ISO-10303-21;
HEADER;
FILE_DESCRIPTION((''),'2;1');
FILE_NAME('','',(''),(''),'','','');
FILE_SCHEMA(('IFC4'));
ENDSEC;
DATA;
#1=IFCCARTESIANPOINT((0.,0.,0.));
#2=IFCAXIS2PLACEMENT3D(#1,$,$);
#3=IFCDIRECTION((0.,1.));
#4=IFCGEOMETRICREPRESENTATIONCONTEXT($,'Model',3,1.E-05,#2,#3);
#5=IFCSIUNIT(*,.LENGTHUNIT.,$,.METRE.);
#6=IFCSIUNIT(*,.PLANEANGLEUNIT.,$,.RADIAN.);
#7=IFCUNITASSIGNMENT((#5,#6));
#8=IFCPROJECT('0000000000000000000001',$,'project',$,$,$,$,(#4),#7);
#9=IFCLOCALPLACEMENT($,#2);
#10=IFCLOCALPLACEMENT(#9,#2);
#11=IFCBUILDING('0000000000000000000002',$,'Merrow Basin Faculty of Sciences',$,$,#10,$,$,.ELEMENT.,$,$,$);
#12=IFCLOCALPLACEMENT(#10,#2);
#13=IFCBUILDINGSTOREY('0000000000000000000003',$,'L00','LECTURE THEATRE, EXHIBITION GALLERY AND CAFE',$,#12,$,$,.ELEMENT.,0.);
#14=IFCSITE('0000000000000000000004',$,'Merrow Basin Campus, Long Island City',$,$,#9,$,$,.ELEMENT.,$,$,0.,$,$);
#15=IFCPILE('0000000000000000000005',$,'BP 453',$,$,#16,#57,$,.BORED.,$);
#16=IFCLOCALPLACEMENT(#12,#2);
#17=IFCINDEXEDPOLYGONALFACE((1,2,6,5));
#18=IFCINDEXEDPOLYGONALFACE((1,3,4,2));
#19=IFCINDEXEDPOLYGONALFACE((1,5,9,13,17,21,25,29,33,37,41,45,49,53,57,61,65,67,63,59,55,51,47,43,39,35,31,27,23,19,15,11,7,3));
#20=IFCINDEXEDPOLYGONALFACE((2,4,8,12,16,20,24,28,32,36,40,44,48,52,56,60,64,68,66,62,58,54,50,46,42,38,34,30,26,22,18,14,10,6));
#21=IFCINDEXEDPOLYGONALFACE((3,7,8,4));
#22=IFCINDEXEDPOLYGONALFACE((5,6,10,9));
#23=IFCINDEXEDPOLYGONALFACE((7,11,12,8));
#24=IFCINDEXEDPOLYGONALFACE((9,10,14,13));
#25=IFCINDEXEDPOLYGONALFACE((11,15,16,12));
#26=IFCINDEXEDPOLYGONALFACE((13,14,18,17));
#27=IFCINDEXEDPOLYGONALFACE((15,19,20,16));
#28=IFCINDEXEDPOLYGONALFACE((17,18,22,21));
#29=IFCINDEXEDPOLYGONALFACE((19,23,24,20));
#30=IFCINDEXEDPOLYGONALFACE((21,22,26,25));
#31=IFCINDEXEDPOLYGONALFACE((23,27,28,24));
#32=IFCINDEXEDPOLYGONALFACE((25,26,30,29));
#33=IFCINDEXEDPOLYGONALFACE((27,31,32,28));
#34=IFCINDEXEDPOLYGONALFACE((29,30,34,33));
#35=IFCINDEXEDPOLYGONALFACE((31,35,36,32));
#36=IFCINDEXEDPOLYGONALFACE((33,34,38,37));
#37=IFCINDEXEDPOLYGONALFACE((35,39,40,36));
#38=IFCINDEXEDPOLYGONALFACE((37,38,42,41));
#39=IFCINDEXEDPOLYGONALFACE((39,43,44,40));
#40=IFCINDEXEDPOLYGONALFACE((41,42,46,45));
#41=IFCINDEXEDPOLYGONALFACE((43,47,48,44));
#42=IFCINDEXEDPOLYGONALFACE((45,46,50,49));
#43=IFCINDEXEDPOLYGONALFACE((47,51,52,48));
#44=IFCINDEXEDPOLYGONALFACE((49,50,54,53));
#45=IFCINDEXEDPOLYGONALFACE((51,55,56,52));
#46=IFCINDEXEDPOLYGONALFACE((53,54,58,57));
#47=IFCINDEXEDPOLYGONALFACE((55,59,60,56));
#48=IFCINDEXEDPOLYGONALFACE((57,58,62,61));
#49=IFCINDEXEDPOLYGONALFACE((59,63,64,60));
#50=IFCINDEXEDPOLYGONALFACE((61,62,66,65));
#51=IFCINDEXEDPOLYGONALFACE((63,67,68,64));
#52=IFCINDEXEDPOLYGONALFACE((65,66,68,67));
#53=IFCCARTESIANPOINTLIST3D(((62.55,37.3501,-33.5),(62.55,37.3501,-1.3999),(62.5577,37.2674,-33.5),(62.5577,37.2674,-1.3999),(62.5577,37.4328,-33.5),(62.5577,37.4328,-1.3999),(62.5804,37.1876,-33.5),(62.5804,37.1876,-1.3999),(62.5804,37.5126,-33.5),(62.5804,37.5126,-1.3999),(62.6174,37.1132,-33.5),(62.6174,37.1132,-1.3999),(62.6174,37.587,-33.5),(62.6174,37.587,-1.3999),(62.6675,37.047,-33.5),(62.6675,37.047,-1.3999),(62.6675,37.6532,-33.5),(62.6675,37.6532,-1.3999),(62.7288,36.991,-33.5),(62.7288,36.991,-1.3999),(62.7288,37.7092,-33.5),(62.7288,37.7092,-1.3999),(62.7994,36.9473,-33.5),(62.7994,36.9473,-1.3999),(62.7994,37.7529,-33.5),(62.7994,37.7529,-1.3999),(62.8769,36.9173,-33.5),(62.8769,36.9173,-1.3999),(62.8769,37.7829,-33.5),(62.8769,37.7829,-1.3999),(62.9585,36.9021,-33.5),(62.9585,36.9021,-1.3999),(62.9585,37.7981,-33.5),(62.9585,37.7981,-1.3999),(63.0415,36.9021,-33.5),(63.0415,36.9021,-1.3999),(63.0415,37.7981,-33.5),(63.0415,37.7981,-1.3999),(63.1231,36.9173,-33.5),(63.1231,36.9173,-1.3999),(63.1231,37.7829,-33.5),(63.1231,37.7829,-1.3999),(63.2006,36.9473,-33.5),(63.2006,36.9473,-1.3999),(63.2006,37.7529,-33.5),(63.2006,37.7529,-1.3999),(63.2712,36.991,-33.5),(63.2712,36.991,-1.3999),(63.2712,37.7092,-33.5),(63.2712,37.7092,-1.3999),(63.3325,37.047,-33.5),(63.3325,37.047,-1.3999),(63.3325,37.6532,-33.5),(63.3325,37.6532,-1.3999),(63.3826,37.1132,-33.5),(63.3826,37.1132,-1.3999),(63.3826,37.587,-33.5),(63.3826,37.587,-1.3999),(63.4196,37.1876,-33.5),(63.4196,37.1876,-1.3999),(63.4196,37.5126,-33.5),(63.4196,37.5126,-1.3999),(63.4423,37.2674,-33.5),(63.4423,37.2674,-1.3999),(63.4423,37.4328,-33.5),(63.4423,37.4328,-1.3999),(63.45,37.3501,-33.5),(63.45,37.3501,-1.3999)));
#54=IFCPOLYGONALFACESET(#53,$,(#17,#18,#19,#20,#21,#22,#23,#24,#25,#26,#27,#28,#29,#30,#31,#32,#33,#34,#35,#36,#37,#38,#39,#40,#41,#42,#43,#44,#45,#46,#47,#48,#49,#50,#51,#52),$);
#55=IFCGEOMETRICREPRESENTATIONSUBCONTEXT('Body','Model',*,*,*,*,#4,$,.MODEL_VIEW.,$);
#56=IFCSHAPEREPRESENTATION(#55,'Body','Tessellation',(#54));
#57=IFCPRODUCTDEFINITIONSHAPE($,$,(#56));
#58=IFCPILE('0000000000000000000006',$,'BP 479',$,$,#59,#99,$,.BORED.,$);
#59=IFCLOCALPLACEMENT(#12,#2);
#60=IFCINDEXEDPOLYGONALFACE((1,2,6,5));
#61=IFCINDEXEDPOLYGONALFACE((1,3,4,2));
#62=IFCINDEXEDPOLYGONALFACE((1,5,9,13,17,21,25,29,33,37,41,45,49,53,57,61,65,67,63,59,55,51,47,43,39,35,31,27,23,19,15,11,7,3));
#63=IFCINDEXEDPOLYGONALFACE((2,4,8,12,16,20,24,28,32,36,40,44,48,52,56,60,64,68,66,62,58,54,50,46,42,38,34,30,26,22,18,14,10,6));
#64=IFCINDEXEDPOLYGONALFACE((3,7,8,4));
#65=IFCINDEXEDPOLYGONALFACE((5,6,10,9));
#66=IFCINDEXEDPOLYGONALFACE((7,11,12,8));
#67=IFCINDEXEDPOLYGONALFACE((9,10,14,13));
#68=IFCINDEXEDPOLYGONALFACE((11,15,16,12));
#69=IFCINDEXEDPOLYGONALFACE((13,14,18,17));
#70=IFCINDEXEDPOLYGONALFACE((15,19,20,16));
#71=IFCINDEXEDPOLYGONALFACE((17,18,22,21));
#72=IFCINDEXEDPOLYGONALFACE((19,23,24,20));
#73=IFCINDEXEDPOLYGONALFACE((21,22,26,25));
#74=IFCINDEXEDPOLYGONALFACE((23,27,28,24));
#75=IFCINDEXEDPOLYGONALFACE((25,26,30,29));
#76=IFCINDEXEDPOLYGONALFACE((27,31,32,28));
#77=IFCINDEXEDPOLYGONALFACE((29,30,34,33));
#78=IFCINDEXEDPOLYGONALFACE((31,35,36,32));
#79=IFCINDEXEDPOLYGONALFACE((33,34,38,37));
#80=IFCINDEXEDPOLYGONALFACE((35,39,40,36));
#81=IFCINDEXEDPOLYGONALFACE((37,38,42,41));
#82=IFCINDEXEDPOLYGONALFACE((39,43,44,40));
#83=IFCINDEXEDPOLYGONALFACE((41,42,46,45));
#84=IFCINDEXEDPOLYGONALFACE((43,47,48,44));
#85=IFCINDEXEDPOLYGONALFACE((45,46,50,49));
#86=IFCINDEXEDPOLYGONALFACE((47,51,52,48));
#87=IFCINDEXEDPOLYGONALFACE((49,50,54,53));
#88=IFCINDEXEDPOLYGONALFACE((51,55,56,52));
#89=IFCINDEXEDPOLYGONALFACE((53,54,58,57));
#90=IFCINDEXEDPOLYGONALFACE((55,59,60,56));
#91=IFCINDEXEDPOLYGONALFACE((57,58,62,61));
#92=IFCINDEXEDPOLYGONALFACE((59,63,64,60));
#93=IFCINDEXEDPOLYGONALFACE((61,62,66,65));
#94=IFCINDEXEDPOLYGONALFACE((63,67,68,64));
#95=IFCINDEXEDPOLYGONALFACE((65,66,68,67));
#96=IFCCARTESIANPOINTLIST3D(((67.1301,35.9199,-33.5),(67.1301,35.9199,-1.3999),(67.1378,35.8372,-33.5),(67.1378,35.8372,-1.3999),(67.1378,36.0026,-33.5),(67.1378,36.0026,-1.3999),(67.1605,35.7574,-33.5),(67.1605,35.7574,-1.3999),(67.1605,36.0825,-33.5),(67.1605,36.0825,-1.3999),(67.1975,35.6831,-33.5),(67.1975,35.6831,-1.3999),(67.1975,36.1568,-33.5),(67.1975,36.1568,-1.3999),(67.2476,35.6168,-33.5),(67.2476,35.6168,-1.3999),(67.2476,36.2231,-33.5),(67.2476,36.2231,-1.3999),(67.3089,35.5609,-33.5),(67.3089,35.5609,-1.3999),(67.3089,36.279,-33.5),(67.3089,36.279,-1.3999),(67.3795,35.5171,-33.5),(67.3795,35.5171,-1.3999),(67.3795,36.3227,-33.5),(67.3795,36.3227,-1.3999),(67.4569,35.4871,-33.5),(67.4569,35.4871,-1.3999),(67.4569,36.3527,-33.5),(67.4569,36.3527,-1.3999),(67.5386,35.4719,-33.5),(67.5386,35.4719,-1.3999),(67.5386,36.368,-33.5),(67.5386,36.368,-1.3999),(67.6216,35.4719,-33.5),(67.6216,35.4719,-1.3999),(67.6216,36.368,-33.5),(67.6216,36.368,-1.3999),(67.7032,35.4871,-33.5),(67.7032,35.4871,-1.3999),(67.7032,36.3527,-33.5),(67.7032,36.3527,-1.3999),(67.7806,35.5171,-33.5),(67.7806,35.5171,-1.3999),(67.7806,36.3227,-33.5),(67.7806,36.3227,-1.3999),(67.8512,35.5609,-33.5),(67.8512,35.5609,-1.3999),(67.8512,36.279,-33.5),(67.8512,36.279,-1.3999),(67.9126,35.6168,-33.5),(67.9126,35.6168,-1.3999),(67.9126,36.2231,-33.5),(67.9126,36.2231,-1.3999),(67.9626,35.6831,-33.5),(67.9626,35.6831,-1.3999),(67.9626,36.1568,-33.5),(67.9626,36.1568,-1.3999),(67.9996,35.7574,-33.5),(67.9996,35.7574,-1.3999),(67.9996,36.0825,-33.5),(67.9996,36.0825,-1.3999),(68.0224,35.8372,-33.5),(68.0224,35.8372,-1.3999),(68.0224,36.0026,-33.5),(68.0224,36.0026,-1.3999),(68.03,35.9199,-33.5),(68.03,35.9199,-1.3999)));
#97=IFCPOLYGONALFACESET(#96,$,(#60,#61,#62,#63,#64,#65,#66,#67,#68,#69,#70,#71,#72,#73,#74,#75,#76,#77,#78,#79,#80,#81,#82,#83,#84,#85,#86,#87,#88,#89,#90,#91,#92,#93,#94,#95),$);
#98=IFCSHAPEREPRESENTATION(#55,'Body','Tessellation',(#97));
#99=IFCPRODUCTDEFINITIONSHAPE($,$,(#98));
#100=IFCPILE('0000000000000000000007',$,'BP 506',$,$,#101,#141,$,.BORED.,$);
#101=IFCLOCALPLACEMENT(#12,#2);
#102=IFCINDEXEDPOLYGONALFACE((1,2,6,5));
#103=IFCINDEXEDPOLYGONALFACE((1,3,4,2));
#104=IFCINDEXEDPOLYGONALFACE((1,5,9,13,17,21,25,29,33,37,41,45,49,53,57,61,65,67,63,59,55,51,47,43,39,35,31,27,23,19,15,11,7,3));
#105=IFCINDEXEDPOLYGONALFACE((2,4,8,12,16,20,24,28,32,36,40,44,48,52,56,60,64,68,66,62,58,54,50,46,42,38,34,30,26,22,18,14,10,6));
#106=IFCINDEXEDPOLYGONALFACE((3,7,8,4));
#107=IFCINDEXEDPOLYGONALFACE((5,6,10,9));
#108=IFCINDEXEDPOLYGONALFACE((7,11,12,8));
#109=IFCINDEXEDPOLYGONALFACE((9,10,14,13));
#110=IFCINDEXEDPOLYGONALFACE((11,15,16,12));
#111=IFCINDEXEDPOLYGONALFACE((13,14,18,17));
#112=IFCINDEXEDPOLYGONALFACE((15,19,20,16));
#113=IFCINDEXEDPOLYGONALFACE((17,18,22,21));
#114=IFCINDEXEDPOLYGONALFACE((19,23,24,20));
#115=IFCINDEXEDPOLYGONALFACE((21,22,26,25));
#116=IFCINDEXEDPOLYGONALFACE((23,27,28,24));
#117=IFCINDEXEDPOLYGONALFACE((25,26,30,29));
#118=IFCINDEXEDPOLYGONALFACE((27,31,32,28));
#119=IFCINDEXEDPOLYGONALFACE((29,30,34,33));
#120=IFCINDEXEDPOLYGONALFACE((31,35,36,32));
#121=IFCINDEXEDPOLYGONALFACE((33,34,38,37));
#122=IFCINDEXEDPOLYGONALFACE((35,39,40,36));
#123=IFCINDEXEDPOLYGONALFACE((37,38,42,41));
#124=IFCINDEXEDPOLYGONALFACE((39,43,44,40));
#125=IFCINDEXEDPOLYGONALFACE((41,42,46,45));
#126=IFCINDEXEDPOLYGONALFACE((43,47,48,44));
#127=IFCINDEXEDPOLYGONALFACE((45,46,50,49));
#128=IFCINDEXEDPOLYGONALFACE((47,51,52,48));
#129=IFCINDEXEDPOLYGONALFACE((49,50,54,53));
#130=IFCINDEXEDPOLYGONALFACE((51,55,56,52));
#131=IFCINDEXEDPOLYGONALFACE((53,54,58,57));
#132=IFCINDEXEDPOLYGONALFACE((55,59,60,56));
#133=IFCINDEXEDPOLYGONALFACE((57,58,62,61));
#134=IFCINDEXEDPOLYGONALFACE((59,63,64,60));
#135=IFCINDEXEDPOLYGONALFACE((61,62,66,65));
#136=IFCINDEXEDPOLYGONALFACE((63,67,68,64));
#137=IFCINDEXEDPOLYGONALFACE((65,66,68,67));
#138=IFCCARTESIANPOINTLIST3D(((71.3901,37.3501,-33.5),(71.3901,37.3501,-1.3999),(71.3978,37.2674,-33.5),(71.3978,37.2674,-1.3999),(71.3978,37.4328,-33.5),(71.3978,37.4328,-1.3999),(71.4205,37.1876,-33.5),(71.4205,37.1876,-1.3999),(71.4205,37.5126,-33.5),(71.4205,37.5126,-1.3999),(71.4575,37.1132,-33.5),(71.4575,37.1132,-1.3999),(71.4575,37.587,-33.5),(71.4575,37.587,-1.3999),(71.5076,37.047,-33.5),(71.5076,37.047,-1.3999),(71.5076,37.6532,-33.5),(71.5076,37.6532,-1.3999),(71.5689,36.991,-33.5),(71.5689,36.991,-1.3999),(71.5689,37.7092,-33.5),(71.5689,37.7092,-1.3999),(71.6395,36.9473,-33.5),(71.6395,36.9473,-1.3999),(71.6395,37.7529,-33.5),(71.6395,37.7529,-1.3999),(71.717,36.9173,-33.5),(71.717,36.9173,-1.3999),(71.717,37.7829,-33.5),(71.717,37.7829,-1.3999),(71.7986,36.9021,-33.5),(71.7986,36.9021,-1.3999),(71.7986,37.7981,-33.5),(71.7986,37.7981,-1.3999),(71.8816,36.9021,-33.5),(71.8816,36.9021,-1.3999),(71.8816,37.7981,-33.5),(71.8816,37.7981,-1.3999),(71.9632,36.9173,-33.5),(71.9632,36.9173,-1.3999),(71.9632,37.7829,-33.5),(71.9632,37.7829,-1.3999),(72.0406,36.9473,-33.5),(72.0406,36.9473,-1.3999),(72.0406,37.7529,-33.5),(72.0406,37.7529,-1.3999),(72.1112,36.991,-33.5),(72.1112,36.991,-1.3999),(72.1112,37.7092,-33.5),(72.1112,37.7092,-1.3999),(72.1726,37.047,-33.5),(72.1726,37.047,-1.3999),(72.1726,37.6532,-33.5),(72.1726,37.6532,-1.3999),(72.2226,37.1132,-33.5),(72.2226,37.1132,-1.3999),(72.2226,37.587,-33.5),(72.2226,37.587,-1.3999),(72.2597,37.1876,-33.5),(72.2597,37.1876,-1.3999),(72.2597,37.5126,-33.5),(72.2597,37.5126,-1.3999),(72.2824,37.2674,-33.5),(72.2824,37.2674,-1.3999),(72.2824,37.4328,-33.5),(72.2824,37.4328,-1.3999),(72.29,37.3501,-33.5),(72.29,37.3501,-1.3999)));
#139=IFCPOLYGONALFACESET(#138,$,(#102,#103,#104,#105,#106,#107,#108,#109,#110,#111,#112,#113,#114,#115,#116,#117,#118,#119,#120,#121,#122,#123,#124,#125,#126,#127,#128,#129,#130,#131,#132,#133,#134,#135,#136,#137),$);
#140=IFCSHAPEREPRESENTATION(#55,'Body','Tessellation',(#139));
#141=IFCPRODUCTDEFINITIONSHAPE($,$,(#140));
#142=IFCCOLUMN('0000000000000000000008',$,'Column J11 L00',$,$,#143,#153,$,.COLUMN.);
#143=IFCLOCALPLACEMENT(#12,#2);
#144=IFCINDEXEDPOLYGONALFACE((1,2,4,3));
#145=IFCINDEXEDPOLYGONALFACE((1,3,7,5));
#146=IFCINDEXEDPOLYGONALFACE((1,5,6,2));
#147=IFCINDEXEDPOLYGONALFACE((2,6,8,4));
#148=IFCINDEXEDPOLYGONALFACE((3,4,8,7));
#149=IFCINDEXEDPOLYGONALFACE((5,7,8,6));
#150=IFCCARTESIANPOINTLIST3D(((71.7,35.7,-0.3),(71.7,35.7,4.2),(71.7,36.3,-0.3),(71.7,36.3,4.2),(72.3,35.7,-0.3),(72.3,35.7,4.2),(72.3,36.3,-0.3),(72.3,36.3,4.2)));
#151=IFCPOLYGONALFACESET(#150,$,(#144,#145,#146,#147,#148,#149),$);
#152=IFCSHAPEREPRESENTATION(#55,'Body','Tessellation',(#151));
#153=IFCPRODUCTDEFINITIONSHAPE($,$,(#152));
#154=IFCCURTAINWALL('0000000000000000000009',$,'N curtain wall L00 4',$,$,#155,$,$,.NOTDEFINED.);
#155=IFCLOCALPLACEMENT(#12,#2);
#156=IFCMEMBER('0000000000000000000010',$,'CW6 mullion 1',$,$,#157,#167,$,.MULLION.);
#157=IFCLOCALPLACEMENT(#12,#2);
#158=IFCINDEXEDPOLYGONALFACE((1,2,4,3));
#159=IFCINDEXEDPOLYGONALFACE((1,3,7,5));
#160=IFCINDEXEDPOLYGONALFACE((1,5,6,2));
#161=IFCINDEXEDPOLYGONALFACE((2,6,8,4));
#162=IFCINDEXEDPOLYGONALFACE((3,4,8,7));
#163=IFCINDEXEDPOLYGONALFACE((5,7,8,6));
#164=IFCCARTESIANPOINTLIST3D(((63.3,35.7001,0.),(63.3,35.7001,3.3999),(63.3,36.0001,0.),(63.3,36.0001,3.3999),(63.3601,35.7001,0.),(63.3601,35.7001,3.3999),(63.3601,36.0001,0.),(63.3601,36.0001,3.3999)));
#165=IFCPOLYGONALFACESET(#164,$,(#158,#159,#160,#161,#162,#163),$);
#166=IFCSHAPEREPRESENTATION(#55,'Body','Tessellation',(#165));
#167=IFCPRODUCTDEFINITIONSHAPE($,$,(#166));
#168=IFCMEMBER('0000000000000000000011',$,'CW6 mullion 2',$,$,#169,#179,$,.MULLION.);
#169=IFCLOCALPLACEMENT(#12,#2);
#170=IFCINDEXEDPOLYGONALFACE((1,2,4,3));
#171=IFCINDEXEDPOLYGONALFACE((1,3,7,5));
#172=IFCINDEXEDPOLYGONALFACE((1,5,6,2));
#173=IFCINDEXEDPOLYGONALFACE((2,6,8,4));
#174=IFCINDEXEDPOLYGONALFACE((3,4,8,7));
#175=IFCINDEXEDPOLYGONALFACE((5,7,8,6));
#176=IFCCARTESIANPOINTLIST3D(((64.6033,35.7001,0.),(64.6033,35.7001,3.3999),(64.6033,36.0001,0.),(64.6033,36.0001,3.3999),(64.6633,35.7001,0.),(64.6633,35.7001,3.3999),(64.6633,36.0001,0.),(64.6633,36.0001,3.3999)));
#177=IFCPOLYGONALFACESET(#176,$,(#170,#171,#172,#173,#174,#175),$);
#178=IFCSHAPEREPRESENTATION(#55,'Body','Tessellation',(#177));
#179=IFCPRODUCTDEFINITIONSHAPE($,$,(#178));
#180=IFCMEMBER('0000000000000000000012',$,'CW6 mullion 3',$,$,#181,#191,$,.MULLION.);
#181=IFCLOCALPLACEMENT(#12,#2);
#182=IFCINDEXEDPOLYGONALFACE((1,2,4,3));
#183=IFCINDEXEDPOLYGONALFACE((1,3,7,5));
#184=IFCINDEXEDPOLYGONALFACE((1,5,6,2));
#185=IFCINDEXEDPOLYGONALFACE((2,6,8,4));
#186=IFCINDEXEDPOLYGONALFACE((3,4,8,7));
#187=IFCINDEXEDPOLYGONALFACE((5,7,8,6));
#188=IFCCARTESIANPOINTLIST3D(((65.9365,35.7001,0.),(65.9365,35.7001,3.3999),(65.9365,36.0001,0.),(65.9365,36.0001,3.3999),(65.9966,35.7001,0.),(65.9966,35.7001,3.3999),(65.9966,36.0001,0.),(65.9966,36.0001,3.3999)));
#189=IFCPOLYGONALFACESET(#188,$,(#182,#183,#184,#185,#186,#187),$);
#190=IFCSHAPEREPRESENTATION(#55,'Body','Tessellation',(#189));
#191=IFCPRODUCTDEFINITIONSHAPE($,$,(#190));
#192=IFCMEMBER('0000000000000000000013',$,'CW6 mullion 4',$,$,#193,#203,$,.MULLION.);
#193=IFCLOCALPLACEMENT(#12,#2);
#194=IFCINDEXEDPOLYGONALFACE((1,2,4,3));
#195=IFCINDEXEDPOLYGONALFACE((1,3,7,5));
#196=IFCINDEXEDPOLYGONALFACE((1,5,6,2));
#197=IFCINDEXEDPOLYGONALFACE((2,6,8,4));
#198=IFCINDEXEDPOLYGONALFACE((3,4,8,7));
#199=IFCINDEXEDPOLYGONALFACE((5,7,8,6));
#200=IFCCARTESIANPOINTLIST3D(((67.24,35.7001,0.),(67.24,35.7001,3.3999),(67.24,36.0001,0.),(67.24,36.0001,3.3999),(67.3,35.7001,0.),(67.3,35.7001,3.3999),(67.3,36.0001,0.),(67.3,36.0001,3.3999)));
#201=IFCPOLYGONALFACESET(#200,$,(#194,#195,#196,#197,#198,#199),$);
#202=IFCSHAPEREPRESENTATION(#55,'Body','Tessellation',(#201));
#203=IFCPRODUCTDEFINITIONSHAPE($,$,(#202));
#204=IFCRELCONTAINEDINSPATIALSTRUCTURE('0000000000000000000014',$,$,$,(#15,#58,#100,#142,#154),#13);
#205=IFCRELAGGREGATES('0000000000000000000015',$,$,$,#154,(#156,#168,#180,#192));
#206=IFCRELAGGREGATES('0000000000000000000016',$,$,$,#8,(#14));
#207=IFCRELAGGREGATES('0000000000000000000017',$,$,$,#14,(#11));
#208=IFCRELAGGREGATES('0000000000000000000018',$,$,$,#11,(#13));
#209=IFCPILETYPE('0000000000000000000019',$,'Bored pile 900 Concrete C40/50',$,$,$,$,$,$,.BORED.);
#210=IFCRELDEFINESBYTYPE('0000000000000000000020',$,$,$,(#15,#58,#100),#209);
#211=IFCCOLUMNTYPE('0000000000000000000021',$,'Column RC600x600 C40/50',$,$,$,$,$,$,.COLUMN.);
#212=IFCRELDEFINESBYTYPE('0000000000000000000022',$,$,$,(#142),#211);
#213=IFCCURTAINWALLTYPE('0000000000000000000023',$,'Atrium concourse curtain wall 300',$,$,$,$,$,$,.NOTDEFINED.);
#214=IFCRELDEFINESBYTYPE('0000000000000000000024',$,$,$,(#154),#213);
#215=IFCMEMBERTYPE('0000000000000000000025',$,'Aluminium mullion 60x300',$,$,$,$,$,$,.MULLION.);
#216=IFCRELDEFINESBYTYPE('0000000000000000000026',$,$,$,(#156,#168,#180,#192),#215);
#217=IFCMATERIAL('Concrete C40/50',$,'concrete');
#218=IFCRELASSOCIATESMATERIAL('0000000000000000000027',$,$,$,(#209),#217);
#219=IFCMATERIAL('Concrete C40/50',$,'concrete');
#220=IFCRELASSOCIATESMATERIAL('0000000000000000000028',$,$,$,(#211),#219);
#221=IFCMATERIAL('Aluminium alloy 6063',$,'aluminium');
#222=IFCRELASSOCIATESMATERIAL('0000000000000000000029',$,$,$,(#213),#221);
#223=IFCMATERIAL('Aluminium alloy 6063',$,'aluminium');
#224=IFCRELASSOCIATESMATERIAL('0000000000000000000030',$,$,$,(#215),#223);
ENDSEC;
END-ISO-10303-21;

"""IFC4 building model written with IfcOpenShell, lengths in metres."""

from ifc_helpers import new_model, si_unit, direction, frame, origin, origin_2d, place, context, subcontext, project, spatial, rectangle, circle, extrude, material, material_profile, profile_set, type_object, element, aggregate, save


model = new_model("IFC4")

# Units and contexts
model_context = context("Model", 3, precision=1e-05, world=origin(), true_north=direction((0.0, 1.0)))
body_context = subcontext(model_context, "Body", "Model", "MODEL_VIEW")
ifc_project = project(units=[si_unit("LENGTHUNIT", "METRE"), si_unit("PLANEANGLEUNIT", "RADIAN")], contexts=[model_context])

# Site, building, storey
site_placement = place(None, origin())
site = spatial("IfcSite", under=ifc_project, at=site_placement, Name="Merrow Basin Campus, Long Island City", CompositionType="ELEMENT", RefElevation=0.0)
building_placement = place(site_placement, origin())
building = spatial("IfcBuilding", under=site, at=building_placement, Name="Merrow Basin Faculty of Sciences", CompositionType="ELEMENT")
storey_placement = place(building_placement, origin())
storey = spatial("IfcBuildingStorey", under=building, at=storey_placement, Name="L00", Description="LECTURE THEATRE, EXHIBITION GALLERY AND CAFE", CompositionType="ELEMENT", Elevation=0.0)

# Piles
ifc_material_1 = material(Name="Concrete C40/50", Category="concrete")
ifc_material_profile_1 = material_profile(ifc_material_1, circle(Radius=0.45, at=origin_2d()))
ifc_profile_set_1 = profile_set([ifc_material_profile_1], Name="Concrete C40/50")
pile_type = type_object("IfcPileType", Name="Bored pile 900 Concrete C40/50", PredefinedType="BORED", material=ifc_profile_set_1)
for number, where, z_axis, x_axis, name in (
    (1, (63.0, 37.3501, -1.3999), (0.0, 0.0, -1.0), (1.0, 0.0, 0.0), "BP 453"),
    (2, (67.5801, 35.9199, -1.3999), (0.0, 0.0, -1.0), (1.0, 0.0, 0.0), "BP 479"),
    (3, (71.8401, 37.3501, -1.3999), (0.0, 0.0, -1.0), (1.0, 0.0, 0.0), "BP 506"),
):
    element("IfcPile", number, at=place(storey_placement, frame(where, z_axis=z_axis, x_axis=x_axis)), inside=storey, type_object=pile_type, Name=name, PredefinedType="BORED", context=body_context, shape_type="SweptSolid", body=[
        extrude(circle(Radius=0.45, at=origin_2d()), origin(), (0.0, 0.0, 1.0), 32.1001),
    ])

# Column
ifc_material_2 = material(Name="Concrete C40/50", Category="concrete")
ifc_material_profile_2 = material_profile(ifc_material_2, rectangle(XDim=0.6001, YDim=0.6001, at=origin_2d()))
ifc_profile_set_2 = profile_set([ifc_material_profile_2], Name="Concrete C40/50")
column_type = type_object("IfcColumnType", Name="Column RC600x600 C40/50", PredefinedType="COLUMN", material=ifc_profile_set_2)
column_placement = place(storey_placement, frame((72.0, 36.0, -0.3), z_axis=(0.0, 0.0, 1.0), x_axis=(1.0, 0.0, 0.0)))
element("IfcColumn", 4, at=column_placement, inside=storey, type_object=column_type, Name="Column J11 L00", PredefinedType="COLUMN", context=body_context, shape_type="SweptSolid", body=[
    extrude(rectangle(XDim=0.6001, YDim=0.6001, at=origin_2d()), origin(), (0.0, 0.0, 1.0), 4.5),
])

# Curtain wall, members
ifc_material_3 = material(Name="Aluminium alloy 6063", Category="aluminium")
curtain_wall_type = type_object("IfcCurtainWallType", Name="Atrium concourse curtain wall 300", PredefinedType="NOTDEFINED", material=ifc_material_3)
curtain_wall_placement = place(storey_placement, origin())
curtain_wall = element("IfcCurtainWall", 5, at=curtain_wall_placement, inside=storey, type_object=curtain_wall_type, Name="N curtain wall L00 4", PredefinedType="NOTDEFINED")
ifc_material_4 = material(Name="Aluminium alloy 6063", Category="aluminium")
ifc_material_profile_3 = material_profile(ifc_material_4, rectangle(XDim=0.3, YDim=0.0601, at=origin_2d()))
ifc_profile_set_3 = profile_set([ifc_material_profile_3], Name="Aluminium alloy 6063")
member_type_1 = type_object("IfcMemberType", Name="Aluminium mullion 60x300", PredefinedType="MULLION", material=ifc_profile_set_3)
member_1_placement = place(storey_placement, frame((63.3301, 35.8501, 0.0), z_axis=(0.0, 0.0, 1.0), x_axis=(0.0, 1.0, 0.0)))
member_1 = element("IfcMember", 6, at=member_1_placement, type_object=member_type_1, Name="CW6 mullion 1", PredefinedType="MULLION", context=body_context, shape_type="SweptSolid", body=[
    extrude(rectangle(XDim=0.3, YDim=0.0601, at=origin_2d()), origin(), (0.0, 0.0, 1.0), 3.3999),
])
member_2_placement = place(storey_placement, frame((64.6333, 35.8501, 0.0), z_axis=(0.0, 0.0, 1.0), x_axis=(0.0, 1.0, 0.0)))
member_2 = element("IfcMember", 7, at=member_2_placement, type_object=member_type_1, Name="CW6 mullion 2", PredefinedType="MULLION", context=body_context, shape_type="SweptSolid", body=[
    extrude(rectangle(XDim=0.3, YDim=0.0601, at=origin_2d()), origin(), (0.0, 0.0, 1.0), 3.3999),
])
member_3_placement = place(storey_placement, frame((65.9666, 35.8501, 0.0), z_axis=(0.0, 0.0, 1.0), x_axis=(0.0, 1.0, 0.0)))
member_3 = element("IfcMember", 8, at=member_3_placement, type_object=member_type_1, Name="CW6 mullion 3", PredefinedType="MULLION", context=body_context, shape_type="SweptSolid", body=[
    extrude(rectangle(XDim=0.3, YDim=0.0601, at=origin_2d()), origin(), (0.0, 0.0, 1.0), 3.3999),
])
member_4_placement = place(storey_placement, frame((67.27, 35.8501, 0.0), z_axis=(0.0, 0.0, 1.0), x_axis=(0.0, 1.0, 0.0)))
member_4 = element("IfcMember", 9, at=member_4_placement, type_object=member_type_1, Name="CW6 mullion 4", PredefinedType="MULLION", context=body_context, shape_type="SweptSolid", body=[
    extrude(rectangle(XDim=0.3, YDim=0.0601, at=origin_2d()), origin(), (0.0, 0.0, 1.0), 3.3999),
])
aggregate(curtain_wall, [member_1, member_2, member_3, member_4])

save(model, "model.ifc")
